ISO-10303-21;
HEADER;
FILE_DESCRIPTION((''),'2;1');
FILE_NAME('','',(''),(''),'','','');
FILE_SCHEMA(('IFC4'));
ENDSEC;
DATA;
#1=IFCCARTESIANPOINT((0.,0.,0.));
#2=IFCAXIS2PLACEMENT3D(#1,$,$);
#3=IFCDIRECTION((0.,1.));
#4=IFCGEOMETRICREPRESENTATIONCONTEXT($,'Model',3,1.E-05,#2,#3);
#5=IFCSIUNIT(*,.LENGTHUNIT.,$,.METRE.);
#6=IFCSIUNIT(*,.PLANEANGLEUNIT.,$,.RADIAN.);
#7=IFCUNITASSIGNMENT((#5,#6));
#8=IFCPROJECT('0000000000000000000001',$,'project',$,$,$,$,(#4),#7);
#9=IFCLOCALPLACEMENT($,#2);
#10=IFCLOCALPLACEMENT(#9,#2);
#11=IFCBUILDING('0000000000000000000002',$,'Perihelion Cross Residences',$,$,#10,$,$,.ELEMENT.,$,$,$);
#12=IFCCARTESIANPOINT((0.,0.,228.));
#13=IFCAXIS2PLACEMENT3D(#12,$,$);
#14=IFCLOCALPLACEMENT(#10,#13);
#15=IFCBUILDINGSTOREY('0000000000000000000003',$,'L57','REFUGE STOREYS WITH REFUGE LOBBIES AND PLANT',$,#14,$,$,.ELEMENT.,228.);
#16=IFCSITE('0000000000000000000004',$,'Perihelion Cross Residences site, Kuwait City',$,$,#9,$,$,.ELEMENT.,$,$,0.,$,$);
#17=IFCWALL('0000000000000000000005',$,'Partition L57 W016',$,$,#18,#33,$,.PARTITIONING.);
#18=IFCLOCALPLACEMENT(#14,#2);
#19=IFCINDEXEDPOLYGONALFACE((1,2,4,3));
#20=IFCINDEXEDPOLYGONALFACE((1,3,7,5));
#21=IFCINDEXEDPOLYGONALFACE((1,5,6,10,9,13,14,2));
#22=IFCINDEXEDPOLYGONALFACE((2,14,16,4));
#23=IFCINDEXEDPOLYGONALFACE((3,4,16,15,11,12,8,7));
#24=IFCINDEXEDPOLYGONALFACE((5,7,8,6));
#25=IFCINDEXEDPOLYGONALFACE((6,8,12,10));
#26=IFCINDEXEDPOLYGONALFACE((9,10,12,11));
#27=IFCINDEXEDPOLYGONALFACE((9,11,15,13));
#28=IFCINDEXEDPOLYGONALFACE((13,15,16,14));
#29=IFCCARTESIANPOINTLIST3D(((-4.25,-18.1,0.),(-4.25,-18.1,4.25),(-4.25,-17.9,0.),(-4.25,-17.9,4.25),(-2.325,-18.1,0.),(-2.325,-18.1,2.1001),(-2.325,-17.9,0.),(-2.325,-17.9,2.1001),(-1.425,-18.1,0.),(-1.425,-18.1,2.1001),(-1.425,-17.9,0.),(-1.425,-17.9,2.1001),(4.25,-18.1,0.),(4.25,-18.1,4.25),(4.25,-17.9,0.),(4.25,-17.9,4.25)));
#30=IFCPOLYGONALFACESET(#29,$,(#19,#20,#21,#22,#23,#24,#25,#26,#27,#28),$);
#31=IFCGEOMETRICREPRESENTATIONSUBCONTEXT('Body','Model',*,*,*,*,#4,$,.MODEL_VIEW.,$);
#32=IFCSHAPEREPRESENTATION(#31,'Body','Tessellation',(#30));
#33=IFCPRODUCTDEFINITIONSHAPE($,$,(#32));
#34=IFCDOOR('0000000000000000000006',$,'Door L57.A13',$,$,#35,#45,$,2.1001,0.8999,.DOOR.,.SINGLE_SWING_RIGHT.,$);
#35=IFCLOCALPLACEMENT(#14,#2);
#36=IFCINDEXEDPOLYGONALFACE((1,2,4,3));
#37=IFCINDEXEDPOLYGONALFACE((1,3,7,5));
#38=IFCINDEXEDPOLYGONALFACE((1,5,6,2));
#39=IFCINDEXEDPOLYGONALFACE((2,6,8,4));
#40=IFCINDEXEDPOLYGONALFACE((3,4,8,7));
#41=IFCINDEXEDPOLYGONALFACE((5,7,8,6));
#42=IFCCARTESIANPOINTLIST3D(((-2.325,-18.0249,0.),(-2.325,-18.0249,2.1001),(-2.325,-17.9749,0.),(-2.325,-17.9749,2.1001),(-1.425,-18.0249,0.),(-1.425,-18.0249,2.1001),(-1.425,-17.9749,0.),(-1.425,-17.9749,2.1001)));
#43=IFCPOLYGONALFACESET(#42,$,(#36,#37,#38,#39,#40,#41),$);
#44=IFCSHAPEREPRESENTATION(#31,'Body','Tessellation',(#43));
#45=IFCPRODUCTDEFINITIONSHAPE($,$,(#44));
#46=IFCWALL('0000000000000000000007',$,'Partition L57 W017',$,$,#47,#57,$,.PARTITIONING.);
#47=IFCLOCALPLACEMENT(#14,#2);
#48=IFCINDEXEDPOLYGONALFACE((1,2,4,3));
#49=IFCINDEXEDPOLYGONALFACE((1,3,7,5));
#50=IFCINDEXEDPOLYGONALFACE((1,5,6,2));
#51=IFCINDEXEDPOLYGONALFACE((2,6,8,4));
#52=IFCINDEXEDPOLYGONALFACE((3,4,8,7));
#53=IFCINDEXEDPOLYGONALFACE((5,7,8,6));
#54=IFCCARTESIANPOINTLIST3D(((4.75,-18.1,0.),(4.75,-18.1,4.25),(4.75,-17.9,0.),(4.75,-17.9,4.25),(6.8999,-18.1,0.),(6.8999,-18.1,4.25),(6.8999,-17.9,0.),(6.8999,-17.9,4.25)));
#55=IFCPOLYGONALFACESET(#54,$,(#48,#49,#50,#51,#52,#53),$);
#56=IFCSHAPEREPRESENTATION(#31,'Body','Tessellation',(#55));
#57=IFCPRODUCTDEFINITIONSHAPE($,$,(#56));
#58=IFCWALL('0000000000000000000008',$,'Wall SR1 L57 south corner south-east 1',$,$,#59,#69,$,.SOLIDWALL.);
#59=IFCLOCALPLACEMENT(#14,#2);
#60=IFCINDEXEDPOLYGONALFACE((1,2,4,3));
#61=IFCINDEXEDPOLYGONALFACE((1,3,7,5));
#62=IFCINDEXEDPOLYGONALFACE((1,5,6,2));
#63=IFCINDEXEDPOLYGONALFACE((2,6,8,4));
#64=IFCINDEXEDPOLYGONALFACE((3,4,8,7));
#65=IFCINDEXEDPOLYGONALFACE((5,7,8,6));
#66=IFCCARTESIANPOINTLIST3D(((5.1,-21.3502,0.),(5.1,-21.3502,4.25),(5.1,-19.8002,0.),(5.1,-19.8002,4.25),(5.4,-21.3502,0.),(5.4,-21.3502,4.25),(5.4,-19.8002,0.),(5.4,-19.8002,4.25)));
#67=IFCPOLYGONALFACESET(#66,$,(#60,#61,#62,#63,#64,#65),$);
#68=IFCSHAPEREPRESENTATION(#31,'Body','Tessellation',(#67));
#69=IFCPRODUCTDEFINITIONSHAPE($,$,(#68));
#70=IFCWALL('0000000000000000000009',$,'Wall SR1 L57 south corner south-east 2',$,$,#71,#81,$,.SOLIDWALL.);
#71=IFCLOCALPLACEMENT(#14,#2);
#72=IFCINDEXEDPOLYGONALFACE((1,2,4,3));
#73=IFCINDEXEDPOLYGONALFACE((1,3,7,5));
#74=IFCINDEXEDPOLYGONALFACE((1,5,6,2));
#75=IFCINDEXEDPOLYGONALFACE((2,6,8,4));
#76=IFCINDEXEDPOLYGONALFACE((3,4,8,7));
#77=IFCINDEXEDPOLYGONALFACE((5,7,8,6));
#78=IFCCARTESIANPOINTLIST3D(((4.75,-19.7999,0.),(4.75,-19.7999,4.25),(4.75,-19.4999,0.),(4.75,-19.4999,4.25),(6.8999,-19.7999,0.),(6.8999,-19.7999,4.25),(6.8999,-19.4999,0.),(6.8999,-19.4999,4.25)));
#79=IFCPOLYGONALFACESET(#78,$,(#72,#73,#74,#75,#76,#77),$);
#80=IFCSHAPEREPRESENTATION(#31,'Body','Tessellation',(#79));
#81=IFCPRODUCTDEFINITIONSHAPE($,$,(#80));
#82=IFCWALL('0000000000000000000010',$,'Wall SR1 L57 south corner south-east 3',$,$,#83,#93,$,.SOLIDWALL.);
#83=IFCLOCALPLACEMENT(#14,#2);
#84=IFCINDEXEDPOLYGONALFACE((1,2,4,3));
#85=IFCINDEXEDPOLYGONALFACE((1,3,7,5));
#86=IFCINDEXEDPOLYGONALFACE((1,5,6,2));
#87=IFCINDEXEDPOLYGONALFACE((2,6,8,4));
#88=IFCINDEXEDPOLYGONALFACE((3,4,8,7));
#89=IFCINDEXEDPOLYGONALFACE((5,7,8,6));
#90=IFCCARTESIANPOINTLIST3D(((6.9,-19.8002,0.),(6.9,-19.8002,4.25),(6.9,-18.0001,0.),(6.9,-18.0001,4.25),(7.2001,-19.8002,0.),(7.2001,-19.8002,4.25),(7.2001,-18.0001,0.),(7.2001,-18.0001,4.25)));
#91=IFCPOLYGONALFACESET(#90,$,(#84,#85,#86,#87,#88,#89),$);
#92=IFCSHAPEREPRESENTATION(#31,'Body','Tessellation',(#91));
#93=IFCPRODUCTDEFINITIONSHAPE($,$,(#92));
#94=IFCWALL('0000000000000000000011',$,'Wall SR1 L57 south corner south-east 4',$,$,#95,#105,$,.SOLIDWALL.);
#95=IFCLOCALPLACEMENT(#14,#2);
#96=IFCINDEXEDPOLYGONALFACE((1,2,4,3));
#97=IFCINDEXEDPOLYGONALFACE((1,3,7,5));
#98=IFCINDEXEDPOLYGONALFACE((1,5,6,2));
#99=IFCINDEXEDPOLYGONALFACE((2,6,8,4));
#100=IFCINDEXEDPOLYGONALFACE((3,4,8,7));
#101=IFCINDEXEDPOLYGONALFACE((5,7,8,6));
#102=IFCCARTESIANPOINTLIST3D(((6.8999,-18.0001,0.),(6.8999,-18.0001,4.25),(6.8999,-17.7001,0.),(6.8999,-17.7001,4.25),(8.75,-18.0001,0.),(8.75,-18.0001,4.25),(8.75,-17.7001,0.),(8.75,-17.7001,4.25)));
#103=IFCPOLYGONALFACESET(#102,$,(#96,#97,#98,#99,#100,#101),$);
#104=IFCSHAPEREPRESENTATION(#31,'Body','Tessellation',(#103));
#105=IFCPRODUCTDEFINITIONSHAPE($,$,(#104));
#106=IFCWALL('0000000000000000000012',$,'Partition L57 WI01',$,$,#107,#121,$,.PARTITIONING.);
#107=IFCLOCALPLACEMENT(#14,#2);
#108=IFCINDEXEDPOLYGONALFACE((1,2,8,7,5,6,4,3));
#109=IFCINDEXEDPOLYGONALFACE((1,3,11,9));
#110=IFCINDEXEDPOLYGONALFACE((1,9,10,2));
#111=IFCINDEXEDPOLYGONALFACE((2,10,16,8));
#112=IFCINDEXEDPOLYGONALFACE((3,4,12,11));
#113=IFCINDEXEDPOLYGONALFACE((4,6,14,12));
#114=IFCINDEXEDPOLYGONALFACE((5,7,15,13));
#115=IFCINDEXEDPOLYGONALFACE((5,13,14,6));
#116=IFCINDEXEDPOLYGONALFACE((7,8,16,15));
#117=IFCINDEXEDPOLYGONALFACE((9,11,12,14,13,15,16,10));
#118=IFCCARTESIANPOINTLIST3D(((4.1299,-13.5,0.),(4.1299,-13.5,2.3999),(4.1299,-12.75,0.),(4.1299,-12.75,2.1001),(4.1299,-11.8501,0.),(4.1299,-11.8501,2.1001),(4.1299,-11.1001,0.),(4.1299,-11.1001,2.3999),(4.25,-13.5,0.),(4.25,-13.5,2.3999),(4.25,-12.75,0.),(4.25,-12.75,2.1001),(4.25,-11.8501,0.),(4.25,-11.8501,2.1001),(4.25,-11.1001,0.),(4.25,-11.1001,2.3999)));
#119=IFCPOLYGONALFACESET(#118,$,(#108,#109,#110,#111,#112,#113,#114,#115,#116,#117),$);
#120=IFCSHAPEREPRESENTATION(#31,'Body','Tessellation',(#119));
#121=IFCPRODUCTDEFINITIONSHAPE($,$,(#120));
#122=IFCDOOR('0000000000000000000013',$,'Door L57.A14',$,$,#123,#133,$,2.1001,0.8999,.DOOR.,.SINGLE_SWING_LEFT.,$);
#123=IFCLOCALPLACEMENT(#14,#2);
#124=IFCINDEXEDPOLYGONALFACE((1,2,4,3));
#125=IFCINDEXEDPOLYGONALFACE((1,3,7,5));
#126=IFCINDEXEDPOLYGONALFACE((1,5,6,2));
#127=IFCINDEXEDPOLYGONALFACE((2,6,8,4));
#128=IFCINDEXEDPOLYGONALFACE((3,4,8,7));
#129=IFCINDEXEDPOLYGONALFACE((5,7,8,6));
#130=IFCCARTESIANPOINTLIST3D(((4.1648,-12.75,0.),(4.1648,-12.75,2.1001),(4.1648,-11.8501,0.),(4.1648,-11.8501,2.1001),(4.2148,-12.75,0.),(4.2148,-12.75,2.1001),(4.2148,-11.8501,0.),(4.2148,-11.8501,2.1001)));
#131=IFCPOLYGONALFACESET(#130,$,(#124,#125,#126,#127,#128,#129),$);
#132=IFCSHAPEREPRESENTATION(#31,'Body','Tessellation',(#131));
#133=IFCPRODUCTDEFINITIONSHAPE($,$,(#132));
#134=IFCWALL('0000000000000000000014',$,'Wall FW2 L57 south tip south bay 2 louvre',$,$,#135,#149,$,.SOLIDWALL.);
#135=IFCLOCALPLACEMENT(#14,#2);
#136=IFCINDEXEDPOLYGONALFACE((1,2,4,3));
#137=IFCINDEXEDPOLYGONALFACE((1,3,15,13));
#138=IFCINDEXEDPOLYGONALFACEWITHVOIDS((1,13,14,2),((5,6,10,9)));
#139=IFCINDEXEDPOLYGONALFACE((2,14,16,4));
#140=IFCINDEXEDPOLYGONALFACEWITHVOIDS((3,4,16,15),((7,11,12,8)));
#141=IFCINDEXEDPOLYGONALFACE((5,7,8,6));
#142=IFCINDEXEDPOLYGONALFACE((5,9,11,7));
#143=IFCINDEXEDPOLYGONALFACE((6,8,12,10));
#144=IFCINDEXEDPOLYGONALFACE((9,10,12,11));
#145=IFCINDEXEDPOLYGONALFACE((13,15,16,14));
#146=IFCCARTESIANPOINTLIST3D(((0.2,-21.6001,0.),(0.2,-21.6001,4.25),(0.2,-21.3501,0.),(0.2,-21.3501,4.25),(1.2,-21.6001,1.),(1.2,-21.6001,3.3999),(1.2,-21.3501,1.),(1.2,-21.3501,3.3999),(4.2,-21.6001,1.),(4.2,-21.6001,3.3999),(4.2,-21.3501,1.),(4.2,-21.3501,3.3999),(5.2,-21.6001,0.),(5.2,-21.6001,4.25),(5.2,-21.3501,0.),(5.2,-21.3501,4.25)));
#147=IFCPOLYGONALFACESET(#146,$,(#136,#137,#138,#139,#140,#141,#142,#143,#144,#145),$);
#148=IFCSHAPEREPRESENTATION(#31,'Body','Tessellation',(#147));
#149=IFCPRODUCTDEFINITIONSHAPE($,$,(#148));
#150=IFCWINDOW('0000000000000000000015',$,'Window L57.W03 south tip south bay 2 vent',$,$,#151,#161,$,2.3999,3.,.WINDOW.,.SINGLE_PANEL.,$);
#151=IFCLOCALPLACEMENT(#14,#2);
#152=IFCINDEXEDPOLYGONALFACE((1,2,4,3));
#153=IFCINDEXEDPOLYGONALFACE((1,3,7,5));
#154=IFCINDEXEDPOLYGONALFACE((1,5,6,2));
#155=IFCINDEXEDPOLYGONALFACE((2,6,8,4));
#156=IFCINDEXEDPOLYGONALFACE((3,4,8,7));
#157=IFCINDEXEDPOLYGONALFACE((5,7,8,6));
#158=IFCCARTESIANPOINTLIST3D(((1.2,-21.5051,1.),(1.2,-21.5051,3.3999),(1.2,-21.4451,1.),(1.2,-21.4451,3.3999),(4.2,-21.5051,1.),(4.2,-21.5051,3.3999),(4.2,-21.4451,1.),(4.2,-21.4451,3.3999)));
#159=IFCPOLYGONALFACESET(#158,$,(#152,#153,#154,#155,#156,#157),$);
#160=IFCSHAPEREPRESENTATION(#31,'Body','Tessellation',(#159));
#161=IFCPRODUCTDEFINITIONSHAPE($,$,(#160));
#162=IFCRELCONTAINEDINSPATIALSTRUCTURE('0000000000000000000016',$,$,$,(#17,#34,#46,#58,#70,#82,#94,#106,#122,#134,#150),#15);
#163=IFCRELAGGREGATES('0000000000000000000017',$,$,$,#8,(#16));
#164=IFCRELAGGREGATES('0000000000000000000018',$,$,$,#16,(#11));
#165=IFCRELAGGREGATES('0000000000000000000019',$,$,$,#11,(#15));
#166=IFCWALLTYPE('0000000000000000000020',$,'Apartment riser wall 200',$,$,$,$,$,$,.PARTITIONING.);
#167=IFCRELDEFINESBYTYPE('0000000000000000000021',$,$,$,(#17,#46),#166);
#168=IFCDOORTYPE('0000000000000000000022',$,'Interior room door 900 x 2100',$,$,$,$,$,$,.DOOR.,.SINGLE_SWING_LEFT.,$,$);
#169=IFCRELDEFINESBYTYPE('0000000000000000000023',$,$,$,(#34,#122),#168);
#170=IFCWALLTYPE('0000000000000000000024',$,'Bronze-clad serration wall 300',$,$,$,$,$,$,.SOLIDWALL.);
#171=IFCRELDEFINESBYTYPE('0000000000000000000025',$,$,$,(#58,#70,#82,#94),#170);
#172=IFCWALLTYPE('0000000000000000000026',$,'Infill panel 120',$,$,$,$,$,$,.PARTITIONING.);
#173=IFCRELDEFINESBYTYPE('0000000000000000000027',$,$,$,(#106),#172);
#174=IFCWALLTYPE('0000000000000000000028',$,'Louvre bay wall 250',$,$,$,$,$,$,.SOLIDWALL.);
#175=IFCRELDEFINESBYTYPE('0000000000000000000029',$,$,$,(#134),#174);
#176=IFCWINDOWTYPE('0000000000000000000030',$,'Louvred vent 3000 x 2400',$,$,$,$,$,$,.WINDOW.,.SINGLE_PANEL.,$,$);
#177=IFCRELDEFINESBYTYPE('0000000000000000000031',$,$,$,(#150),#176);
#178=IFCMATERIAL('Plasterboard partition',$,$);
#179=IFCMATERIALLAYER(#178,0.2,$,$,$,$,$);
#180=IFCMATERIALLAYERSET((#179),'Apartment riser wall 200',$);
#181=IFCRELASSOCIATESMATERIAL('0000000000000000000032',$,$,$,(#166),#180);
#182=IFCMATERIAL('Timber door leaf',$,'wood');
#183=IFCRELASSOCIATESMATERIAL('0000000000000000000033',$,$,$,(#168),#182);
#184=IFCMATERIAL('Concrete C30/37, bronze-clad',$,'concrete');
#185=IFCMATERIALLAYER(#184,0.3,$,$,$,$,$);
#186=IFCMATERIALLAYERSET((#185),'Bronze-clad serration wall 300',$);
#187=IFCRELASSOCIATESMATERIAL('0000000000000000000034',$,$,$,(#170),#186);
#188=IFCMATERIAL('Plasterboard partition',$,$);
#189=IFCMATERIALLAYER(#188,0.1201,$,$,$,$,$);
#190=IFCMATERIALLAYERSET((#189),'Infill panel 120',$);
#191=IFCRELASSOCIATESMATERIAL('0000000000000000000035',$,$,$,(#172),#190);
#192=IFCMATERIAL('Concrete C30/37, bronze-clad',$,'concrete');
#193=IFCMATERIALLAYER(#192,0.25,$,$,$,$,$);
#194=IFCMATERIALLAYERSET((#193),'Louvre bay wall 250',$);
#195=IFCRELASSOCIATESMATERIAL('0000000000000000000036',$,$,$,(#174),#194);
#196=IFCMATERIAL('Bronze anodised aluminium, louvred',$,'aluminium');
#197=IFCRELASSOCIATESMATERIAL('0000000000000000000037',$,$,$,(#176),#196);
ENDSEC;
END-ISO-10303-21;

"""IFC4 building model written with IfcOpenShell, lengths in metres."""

from ifc_helpers import new_model, si_unit, direction, frame, frame_2d, origin, place, context, subcontext, project, spatial, rectangle, extrude, material, layer, layer_set, type_object, element, fill, save


model = new_model("IFC4")

# Units and contexts
model_context = context("Model", 3, precision=1e-05, world=origin(), true_north=direction((0.0, 1.0)))
body_context = subcontext(model_context, "Body", "Model", "MODEL_VIEW")
ifc_project = project(units=[si_unit("LENGTHUNIT", "METRE"), si_unit("PLANEANGLEUNIT", "RADIAN")], contexts=[model_context])

# Site, building, storey
site_placement = place(None, origin())
site = spatial("IfcSite", under=ifc_project, at=site_placement, Name="Perihelion Cross Residences site, Kuwait City", CompositionType="ELEMENT", RefElevation=0.0)
building_placement = place(site_placement, origin())
building = spatial("IfcBuilding", under=site, at=building_placement, Name="Perihelion Cross Residences", CompositionType="ELEMENT")
storey_placement = place(building_placement, frame((0.0, 0.0, 228.0)))
storey = spatial("IfcBuildingStorey", under=building, at=storey_placement, Name="L57", Description="REFUGE STOREYS WITH REFUGE LOBBIES AND PLANT", CompositionType="ELEMENT", Elevation=228.0)

# Shared definitions
ifc_material_1 = material(Name="Plasterboard partition")
ifc_layer_1 = layer(ifc_material_1, 0.2)
ifc_layer_set_1 = layer_set([ifc_layer_1], Name="Apartment riser wall 200")
wall_type_1 = type_object("IfcWallType", Name="Apartment riser wall 200", PredefinedType="PARTITIONING", material=ifc_layer_set_1)
ifc_material_2 = material(Name="Timber door leaf", Category="wood")
door_type_1 = type_object("IfcDoorType", Name="Interior room door 900 x 2100", OperationType="SINGLE_SWING_LEFT", PredefinedType="DOOR", material=ifc_material_2)

# Wall, opening, door
wall_1_placement = place(storey_placement, frame((4.25, -18.0, 0.0), z_axis=(0.0, 0.0, 1.0), x_axis=(-1.0, 0.0, 0.0)))
wall_1 = element("IfcWall", 1, at=wall_1_placement, inside=storey, type_object=wall_type_1, Name="Partition L57 W016", PredefinedType="PARTITIONING", context=body_context, shape_type="SweptSolid", body=[
    extrude(rectangle(XDim=8.5, YDim=0.2, at=frame_2d((4.25, 0.0))), origin(), (0.0, 0.0, 1.0), 4.25),
])
opening_1_placement = place(wall_1_placement, frame((5.675, 0.0, 0.0)))
opening_1 = element("IfcOpeningElement", 2, at=opening_1_placement, cuts=wall_1, PredefinedType="OPENING", context=body_context, shape_type="SweptSolid", body=[
    extrude(rectangle(XDim=0.8999, YDim=2.1001, at=frame_2d((0.45, 1.05))), frame((0.0, 0.1099, 0.0), z_axis=(0.0, -1.0, 0.0), x_axis=(1.0, 0.0, 0.0)), (0.0, 0.0, 1.0), 0.22),
])
door_1_placement = place(opening_1_placement, origin())
door_1 = element("IfcDoor", 3, at=door_1_placement, inside=storey, type_object=door_type_1, Name="Door L57.A13", OperationType="SINGLE_SWING_RIGHT", OverallHeight=2.1001, OverallWidth=0.8999, PredefinedType="DOOR", context=body_context, shape_type="SweptSolid", body=[
    extrude(rectangle(XDim=0.8999, YDim=2.1001, at=frame_2d((0.45, 1.05))), frame((0.0, 0.0249, 0.0), z_axis=(0.0, -1.0, 0.0), x_axis=(1.0, 0.0, 0.0)), (0.0, 0.0, 1.0), 0.05),
])
fill(opening_1, door_1)

# Walls
wall_2_placement = place(storey_placement, frame((6.8999, -18.0, 0.0), z_axis=(0.0, 0.0, 1.0), x_axis=(-1.0, 0.0, 0.0)))
element("IfcWall", 4, at=wall_2_placement, inside=storey, type_object=wall_type_1, Name="Partition L57 W017", PredefinedType="PARTITIONING", context=body_context, shape_type="SweptSolid", body=[
    extrude(rectangle(XDim=2.1499, YDim=0.2, at=frame_2d((1.075, 0.0))), origin(), (0.0, 0.0, 1.0), 4.25),
])
ifc_material_3 = material(Name="Concrete C30/37, bronze-clad", Category="concrete")
ifc_layer_2 = layer(ifc_material_3, 0.3)
ifc_layer_set_2 = layer_set([ifc_layer_2], Name="Bronze-clad serration wall 300")
wall_type_2 = type_object("IfcWallType", Name="Bronze-clad serration wall 300", PredefinedType="SOLIDWALL", material=ifc_layer_set_2)
wall_3_placement = place(storey_placement, frame((5.25, -21.3501, 0.0), z_axis=(0.0, 0.0, 1.0), x_axis=(0.0, 1.0, 0.0)))
element("IfcWall", 5, at=wall_3_placement, inside=storey, type_object=wall_type_2, Name="Wall SR1 L57 south corner south-east 1", PredefinedType="SOLIDWALL", context=body_context, shape_type="SweptSolid", body=[
    extrude(rectangle(XDim=1.55, YDim=0.3, at=frame_2d((0.7749, 0.0))), origin(), (0.0, 0.0, 1.0), 4.25),
])
wall_4_placement = place(storey_placement, frame((4.75, -19.6499, 0.0), z_axis=(0.0, 0.0, 1.0), x_axis=(1.0, 0.0, 0.0)))
element("IfcWall", 6, at=wall_4_placement, inside=storey, type_object=wall_type_2, Name="Wall SR1 L57 south corner south-east 2", PredefinedType="SOLIDWALL", context=body_context, shape_type="SweptSolid", body=[
    extrude(rectangle(XDim=2.1499, YDim=0.3, at=frame_2d((1.075, 0.0))), origin(), (0.0, 0.0, 1.0), 4.25),
])
wall_5_placement = place(storey_placement, frame((7.05, -19.8, 0.0), z_axis=(0.0, 0.0, 1.0), x_axis=(0.0, 1.0, 0.0)))
element("IfcWall", 7, at=wall_5_placement, inside=storey, type_object=wall_type_2, Name="Wall SR1 L57 south corner south-east 3", PredefinedType="SOLIDWALL", context=body_context, shape_type="SweptSolid", body=[
    extrude(rectangle(XDim=1.8, YDim=0.3, at=frame_2d((0.8999, 0.0))), origin(), (0.0, 0.0, 1.0), 4.25),
])
wall_6_placement = place(storey_placement, frame((6.8999, -17.8501, 0.0), z_axis=(0.0, 0.0, 1.0), x_axis=(1.0, 0.0, 0.0)))
element("IfcWall", 8, at=wall_6_placement, inside=storey, type_object=wall_type_2, Name="Wall SR1 L57 south corner south-east 4", PredefinedType="SOLIDWALL", context=body_context, shape_type="SweptSolid", body=[
    extrude(rectangle(XDim=1.8501, YDim=0.3, at=frame_2d((0.925, 0.0))), origin(), (0.0, 0.0, 1.0), 4.25),
])

# Wall, opening, door
ifc_material_4 = material(Name="Plasterboard partition")
ifc_layer_3 = layer(ifc_material_4, 0.1201)
ifc_layer_set_3 = layer_set([ifc_layer_3], Name="Infill panel 120")
wall_type_3 = type_object("IfcWallType", Name="Infill panel 120", PredefinedType="PARTITIONING", material=ifc_layer_set_3)
wall_7_placement = place(storey_placement, frame((4.1899, -11.1001, 0.0), z_axis=(0.0, 0.0, 1.0), x_axis=(0.0, -1.0, 0.0)))
wall_7 = element("IfcWall", 9, at=wall_7_placement, inside=storey, type_object=wall_type_3, Name="Partition L57 WI01", PredefinedType="PARTITIONING", context=body_context, shape_type="SweptSolid", body=[
    extrude(rectangle(XDim=2.3999, YDim=0.1201, at=frame_2d((1.2, 0.0))), origin(), (0.0, 0.0, 1.0), 2.3999),
])
opening_2_placement = place(wall_7_placement, frame((0.75, 0.0, 0.0)))
opening_2 = element("IfcOpeningElement", 10, at=opening_2_placement, cuts=wall_7, PredefinedType="OPENING", context=body_context, shape_type="SweptSolid", body=[
    extrude(rectangle(XDim=0.8999, YDim=2.1001, at=frame_2d((0.45, 1.05))), frame((0.0, 0.0701, 0.0), z_axis=(0.0, -1.0, 0.0), x_axis=(1.0, 0.0, 0.0)), (0.0, 0.0, 1.0), 0.1401),
])
door_2_placement = place(opening_2_placement, origin())
door_2 = element("IfcDoor", 11, at=door_2_placement, inside=storey, type_object=door_type_1, Name="Door L57.A14", OperationType="SINGLE_SWING_LEFT", OverallHeight=2.1001, OverallWidth=0.8999, PredefinedType="DOOR", context=body_context, shape_type="SweptSolid", body=[
    extrude(rectangle(XDim=0.8999, YDim=2.1001, at=frame_2d((0.45, 1.05))), frame((0.0, 0.0249, 0.0), z_axis=(0.0, -1.0, 0.0), x_axis=(1.0, 0.0, 0.0)), (0.0, 0.0, 1.0), 0.05),
])
fill(opening_2, door_2)

# Wall, opening, window
ifc_material_5 = material(Name="Concrete C30/37, bronze-clad", Category="concrete")
ifc_layer_4 = layer(ifc_material_5, 0.25)
ifc_layer_set_4 = layer_set([ifc_layer_4], Name="Louvre bay wall 250")
wall_type_4 = type_object("IfcWallType", Name="Louvre bay wall 250", PredefinedType="SOLIDWALL", material=ifc_layer_set_4)
wall_8_placement = place(storey_placement, frame((0.2, -21.4751, 0.0), z_axis=(0.0, 0.0, 1.0), x_axis=(1.0, 0.0, 0.0)))
wall_8 = element("IfcWall", 12, at=wall_8_placement, inside=storey, type_object=wall_type_4, Name="Wall FW2 L57 south tip south bay 2 louvre", PredefinedType="SOLIDWALL", context=body_context, shape_type="SweptSolid", body=[
    extrude(rectangle(XDim=5.0, YDim=0.25, at=frame_2d((2.5, 0.0))), origin(), (0.0, 0.0, 1.0), 4.25),
])
opening_3_placement = place(wall_8_placement, frame((1.0, 0.0, 1.0)))
opening_3 = element("IfcOpeningElement", 13, at=opening_3_placement, cuts=wall_8, PredefinedType="OPENING", context=body_context, shape_type="SweptSolid", body=[
    extrude(rectangle(XDim=3.0, YDim=2.3999, at=frame_2d((1.5, 1.2))), frame((0.0, 0.135, 0.0), z_axis=(0.0, -1.0, 0.0), x_axis=(1.0, 0.0, 0.0)), (0.0, 0.0, 1.0), 0.27),
])
ifc_material_6 = material(Name="Bronze anodised aluminium, louvred", Category="aluminium")
window_type = type_object("IfcWindowType", Name="Louvred vent 3000 x 2400", PartitioningType="SINGLE_PANEL", PredefinedType="WINDOW", material=ifc_material_6)
window_placement = place(opening_3_placement, origin())
window = element("IfcWindow", 14, at=window_placement, inside=storey, type_object=window_type, Name="Window L57.W03 south tip south bay 2 vent", OverallHeight=2.3999, OverallWidth=3.0, PartitioningType="SINGLE_PANEL", PredefinedType="WINDOW", context=body_context, shape_type="SweptSolid", body=[
    extrude(rectangle(XDim=3.0, YDim=2.3999, at=frame_2d((1.5, 1.2))), frame((0.0, 0.03, 0.0), z_axis=(0.0, -1.0, 0.0), x_axis=(1.0, 0.0, 0.0)), (0.0, 0.0, 1.0), 0.0601),
])
fill(opening_3, window)

save(model, "model.ifc")
